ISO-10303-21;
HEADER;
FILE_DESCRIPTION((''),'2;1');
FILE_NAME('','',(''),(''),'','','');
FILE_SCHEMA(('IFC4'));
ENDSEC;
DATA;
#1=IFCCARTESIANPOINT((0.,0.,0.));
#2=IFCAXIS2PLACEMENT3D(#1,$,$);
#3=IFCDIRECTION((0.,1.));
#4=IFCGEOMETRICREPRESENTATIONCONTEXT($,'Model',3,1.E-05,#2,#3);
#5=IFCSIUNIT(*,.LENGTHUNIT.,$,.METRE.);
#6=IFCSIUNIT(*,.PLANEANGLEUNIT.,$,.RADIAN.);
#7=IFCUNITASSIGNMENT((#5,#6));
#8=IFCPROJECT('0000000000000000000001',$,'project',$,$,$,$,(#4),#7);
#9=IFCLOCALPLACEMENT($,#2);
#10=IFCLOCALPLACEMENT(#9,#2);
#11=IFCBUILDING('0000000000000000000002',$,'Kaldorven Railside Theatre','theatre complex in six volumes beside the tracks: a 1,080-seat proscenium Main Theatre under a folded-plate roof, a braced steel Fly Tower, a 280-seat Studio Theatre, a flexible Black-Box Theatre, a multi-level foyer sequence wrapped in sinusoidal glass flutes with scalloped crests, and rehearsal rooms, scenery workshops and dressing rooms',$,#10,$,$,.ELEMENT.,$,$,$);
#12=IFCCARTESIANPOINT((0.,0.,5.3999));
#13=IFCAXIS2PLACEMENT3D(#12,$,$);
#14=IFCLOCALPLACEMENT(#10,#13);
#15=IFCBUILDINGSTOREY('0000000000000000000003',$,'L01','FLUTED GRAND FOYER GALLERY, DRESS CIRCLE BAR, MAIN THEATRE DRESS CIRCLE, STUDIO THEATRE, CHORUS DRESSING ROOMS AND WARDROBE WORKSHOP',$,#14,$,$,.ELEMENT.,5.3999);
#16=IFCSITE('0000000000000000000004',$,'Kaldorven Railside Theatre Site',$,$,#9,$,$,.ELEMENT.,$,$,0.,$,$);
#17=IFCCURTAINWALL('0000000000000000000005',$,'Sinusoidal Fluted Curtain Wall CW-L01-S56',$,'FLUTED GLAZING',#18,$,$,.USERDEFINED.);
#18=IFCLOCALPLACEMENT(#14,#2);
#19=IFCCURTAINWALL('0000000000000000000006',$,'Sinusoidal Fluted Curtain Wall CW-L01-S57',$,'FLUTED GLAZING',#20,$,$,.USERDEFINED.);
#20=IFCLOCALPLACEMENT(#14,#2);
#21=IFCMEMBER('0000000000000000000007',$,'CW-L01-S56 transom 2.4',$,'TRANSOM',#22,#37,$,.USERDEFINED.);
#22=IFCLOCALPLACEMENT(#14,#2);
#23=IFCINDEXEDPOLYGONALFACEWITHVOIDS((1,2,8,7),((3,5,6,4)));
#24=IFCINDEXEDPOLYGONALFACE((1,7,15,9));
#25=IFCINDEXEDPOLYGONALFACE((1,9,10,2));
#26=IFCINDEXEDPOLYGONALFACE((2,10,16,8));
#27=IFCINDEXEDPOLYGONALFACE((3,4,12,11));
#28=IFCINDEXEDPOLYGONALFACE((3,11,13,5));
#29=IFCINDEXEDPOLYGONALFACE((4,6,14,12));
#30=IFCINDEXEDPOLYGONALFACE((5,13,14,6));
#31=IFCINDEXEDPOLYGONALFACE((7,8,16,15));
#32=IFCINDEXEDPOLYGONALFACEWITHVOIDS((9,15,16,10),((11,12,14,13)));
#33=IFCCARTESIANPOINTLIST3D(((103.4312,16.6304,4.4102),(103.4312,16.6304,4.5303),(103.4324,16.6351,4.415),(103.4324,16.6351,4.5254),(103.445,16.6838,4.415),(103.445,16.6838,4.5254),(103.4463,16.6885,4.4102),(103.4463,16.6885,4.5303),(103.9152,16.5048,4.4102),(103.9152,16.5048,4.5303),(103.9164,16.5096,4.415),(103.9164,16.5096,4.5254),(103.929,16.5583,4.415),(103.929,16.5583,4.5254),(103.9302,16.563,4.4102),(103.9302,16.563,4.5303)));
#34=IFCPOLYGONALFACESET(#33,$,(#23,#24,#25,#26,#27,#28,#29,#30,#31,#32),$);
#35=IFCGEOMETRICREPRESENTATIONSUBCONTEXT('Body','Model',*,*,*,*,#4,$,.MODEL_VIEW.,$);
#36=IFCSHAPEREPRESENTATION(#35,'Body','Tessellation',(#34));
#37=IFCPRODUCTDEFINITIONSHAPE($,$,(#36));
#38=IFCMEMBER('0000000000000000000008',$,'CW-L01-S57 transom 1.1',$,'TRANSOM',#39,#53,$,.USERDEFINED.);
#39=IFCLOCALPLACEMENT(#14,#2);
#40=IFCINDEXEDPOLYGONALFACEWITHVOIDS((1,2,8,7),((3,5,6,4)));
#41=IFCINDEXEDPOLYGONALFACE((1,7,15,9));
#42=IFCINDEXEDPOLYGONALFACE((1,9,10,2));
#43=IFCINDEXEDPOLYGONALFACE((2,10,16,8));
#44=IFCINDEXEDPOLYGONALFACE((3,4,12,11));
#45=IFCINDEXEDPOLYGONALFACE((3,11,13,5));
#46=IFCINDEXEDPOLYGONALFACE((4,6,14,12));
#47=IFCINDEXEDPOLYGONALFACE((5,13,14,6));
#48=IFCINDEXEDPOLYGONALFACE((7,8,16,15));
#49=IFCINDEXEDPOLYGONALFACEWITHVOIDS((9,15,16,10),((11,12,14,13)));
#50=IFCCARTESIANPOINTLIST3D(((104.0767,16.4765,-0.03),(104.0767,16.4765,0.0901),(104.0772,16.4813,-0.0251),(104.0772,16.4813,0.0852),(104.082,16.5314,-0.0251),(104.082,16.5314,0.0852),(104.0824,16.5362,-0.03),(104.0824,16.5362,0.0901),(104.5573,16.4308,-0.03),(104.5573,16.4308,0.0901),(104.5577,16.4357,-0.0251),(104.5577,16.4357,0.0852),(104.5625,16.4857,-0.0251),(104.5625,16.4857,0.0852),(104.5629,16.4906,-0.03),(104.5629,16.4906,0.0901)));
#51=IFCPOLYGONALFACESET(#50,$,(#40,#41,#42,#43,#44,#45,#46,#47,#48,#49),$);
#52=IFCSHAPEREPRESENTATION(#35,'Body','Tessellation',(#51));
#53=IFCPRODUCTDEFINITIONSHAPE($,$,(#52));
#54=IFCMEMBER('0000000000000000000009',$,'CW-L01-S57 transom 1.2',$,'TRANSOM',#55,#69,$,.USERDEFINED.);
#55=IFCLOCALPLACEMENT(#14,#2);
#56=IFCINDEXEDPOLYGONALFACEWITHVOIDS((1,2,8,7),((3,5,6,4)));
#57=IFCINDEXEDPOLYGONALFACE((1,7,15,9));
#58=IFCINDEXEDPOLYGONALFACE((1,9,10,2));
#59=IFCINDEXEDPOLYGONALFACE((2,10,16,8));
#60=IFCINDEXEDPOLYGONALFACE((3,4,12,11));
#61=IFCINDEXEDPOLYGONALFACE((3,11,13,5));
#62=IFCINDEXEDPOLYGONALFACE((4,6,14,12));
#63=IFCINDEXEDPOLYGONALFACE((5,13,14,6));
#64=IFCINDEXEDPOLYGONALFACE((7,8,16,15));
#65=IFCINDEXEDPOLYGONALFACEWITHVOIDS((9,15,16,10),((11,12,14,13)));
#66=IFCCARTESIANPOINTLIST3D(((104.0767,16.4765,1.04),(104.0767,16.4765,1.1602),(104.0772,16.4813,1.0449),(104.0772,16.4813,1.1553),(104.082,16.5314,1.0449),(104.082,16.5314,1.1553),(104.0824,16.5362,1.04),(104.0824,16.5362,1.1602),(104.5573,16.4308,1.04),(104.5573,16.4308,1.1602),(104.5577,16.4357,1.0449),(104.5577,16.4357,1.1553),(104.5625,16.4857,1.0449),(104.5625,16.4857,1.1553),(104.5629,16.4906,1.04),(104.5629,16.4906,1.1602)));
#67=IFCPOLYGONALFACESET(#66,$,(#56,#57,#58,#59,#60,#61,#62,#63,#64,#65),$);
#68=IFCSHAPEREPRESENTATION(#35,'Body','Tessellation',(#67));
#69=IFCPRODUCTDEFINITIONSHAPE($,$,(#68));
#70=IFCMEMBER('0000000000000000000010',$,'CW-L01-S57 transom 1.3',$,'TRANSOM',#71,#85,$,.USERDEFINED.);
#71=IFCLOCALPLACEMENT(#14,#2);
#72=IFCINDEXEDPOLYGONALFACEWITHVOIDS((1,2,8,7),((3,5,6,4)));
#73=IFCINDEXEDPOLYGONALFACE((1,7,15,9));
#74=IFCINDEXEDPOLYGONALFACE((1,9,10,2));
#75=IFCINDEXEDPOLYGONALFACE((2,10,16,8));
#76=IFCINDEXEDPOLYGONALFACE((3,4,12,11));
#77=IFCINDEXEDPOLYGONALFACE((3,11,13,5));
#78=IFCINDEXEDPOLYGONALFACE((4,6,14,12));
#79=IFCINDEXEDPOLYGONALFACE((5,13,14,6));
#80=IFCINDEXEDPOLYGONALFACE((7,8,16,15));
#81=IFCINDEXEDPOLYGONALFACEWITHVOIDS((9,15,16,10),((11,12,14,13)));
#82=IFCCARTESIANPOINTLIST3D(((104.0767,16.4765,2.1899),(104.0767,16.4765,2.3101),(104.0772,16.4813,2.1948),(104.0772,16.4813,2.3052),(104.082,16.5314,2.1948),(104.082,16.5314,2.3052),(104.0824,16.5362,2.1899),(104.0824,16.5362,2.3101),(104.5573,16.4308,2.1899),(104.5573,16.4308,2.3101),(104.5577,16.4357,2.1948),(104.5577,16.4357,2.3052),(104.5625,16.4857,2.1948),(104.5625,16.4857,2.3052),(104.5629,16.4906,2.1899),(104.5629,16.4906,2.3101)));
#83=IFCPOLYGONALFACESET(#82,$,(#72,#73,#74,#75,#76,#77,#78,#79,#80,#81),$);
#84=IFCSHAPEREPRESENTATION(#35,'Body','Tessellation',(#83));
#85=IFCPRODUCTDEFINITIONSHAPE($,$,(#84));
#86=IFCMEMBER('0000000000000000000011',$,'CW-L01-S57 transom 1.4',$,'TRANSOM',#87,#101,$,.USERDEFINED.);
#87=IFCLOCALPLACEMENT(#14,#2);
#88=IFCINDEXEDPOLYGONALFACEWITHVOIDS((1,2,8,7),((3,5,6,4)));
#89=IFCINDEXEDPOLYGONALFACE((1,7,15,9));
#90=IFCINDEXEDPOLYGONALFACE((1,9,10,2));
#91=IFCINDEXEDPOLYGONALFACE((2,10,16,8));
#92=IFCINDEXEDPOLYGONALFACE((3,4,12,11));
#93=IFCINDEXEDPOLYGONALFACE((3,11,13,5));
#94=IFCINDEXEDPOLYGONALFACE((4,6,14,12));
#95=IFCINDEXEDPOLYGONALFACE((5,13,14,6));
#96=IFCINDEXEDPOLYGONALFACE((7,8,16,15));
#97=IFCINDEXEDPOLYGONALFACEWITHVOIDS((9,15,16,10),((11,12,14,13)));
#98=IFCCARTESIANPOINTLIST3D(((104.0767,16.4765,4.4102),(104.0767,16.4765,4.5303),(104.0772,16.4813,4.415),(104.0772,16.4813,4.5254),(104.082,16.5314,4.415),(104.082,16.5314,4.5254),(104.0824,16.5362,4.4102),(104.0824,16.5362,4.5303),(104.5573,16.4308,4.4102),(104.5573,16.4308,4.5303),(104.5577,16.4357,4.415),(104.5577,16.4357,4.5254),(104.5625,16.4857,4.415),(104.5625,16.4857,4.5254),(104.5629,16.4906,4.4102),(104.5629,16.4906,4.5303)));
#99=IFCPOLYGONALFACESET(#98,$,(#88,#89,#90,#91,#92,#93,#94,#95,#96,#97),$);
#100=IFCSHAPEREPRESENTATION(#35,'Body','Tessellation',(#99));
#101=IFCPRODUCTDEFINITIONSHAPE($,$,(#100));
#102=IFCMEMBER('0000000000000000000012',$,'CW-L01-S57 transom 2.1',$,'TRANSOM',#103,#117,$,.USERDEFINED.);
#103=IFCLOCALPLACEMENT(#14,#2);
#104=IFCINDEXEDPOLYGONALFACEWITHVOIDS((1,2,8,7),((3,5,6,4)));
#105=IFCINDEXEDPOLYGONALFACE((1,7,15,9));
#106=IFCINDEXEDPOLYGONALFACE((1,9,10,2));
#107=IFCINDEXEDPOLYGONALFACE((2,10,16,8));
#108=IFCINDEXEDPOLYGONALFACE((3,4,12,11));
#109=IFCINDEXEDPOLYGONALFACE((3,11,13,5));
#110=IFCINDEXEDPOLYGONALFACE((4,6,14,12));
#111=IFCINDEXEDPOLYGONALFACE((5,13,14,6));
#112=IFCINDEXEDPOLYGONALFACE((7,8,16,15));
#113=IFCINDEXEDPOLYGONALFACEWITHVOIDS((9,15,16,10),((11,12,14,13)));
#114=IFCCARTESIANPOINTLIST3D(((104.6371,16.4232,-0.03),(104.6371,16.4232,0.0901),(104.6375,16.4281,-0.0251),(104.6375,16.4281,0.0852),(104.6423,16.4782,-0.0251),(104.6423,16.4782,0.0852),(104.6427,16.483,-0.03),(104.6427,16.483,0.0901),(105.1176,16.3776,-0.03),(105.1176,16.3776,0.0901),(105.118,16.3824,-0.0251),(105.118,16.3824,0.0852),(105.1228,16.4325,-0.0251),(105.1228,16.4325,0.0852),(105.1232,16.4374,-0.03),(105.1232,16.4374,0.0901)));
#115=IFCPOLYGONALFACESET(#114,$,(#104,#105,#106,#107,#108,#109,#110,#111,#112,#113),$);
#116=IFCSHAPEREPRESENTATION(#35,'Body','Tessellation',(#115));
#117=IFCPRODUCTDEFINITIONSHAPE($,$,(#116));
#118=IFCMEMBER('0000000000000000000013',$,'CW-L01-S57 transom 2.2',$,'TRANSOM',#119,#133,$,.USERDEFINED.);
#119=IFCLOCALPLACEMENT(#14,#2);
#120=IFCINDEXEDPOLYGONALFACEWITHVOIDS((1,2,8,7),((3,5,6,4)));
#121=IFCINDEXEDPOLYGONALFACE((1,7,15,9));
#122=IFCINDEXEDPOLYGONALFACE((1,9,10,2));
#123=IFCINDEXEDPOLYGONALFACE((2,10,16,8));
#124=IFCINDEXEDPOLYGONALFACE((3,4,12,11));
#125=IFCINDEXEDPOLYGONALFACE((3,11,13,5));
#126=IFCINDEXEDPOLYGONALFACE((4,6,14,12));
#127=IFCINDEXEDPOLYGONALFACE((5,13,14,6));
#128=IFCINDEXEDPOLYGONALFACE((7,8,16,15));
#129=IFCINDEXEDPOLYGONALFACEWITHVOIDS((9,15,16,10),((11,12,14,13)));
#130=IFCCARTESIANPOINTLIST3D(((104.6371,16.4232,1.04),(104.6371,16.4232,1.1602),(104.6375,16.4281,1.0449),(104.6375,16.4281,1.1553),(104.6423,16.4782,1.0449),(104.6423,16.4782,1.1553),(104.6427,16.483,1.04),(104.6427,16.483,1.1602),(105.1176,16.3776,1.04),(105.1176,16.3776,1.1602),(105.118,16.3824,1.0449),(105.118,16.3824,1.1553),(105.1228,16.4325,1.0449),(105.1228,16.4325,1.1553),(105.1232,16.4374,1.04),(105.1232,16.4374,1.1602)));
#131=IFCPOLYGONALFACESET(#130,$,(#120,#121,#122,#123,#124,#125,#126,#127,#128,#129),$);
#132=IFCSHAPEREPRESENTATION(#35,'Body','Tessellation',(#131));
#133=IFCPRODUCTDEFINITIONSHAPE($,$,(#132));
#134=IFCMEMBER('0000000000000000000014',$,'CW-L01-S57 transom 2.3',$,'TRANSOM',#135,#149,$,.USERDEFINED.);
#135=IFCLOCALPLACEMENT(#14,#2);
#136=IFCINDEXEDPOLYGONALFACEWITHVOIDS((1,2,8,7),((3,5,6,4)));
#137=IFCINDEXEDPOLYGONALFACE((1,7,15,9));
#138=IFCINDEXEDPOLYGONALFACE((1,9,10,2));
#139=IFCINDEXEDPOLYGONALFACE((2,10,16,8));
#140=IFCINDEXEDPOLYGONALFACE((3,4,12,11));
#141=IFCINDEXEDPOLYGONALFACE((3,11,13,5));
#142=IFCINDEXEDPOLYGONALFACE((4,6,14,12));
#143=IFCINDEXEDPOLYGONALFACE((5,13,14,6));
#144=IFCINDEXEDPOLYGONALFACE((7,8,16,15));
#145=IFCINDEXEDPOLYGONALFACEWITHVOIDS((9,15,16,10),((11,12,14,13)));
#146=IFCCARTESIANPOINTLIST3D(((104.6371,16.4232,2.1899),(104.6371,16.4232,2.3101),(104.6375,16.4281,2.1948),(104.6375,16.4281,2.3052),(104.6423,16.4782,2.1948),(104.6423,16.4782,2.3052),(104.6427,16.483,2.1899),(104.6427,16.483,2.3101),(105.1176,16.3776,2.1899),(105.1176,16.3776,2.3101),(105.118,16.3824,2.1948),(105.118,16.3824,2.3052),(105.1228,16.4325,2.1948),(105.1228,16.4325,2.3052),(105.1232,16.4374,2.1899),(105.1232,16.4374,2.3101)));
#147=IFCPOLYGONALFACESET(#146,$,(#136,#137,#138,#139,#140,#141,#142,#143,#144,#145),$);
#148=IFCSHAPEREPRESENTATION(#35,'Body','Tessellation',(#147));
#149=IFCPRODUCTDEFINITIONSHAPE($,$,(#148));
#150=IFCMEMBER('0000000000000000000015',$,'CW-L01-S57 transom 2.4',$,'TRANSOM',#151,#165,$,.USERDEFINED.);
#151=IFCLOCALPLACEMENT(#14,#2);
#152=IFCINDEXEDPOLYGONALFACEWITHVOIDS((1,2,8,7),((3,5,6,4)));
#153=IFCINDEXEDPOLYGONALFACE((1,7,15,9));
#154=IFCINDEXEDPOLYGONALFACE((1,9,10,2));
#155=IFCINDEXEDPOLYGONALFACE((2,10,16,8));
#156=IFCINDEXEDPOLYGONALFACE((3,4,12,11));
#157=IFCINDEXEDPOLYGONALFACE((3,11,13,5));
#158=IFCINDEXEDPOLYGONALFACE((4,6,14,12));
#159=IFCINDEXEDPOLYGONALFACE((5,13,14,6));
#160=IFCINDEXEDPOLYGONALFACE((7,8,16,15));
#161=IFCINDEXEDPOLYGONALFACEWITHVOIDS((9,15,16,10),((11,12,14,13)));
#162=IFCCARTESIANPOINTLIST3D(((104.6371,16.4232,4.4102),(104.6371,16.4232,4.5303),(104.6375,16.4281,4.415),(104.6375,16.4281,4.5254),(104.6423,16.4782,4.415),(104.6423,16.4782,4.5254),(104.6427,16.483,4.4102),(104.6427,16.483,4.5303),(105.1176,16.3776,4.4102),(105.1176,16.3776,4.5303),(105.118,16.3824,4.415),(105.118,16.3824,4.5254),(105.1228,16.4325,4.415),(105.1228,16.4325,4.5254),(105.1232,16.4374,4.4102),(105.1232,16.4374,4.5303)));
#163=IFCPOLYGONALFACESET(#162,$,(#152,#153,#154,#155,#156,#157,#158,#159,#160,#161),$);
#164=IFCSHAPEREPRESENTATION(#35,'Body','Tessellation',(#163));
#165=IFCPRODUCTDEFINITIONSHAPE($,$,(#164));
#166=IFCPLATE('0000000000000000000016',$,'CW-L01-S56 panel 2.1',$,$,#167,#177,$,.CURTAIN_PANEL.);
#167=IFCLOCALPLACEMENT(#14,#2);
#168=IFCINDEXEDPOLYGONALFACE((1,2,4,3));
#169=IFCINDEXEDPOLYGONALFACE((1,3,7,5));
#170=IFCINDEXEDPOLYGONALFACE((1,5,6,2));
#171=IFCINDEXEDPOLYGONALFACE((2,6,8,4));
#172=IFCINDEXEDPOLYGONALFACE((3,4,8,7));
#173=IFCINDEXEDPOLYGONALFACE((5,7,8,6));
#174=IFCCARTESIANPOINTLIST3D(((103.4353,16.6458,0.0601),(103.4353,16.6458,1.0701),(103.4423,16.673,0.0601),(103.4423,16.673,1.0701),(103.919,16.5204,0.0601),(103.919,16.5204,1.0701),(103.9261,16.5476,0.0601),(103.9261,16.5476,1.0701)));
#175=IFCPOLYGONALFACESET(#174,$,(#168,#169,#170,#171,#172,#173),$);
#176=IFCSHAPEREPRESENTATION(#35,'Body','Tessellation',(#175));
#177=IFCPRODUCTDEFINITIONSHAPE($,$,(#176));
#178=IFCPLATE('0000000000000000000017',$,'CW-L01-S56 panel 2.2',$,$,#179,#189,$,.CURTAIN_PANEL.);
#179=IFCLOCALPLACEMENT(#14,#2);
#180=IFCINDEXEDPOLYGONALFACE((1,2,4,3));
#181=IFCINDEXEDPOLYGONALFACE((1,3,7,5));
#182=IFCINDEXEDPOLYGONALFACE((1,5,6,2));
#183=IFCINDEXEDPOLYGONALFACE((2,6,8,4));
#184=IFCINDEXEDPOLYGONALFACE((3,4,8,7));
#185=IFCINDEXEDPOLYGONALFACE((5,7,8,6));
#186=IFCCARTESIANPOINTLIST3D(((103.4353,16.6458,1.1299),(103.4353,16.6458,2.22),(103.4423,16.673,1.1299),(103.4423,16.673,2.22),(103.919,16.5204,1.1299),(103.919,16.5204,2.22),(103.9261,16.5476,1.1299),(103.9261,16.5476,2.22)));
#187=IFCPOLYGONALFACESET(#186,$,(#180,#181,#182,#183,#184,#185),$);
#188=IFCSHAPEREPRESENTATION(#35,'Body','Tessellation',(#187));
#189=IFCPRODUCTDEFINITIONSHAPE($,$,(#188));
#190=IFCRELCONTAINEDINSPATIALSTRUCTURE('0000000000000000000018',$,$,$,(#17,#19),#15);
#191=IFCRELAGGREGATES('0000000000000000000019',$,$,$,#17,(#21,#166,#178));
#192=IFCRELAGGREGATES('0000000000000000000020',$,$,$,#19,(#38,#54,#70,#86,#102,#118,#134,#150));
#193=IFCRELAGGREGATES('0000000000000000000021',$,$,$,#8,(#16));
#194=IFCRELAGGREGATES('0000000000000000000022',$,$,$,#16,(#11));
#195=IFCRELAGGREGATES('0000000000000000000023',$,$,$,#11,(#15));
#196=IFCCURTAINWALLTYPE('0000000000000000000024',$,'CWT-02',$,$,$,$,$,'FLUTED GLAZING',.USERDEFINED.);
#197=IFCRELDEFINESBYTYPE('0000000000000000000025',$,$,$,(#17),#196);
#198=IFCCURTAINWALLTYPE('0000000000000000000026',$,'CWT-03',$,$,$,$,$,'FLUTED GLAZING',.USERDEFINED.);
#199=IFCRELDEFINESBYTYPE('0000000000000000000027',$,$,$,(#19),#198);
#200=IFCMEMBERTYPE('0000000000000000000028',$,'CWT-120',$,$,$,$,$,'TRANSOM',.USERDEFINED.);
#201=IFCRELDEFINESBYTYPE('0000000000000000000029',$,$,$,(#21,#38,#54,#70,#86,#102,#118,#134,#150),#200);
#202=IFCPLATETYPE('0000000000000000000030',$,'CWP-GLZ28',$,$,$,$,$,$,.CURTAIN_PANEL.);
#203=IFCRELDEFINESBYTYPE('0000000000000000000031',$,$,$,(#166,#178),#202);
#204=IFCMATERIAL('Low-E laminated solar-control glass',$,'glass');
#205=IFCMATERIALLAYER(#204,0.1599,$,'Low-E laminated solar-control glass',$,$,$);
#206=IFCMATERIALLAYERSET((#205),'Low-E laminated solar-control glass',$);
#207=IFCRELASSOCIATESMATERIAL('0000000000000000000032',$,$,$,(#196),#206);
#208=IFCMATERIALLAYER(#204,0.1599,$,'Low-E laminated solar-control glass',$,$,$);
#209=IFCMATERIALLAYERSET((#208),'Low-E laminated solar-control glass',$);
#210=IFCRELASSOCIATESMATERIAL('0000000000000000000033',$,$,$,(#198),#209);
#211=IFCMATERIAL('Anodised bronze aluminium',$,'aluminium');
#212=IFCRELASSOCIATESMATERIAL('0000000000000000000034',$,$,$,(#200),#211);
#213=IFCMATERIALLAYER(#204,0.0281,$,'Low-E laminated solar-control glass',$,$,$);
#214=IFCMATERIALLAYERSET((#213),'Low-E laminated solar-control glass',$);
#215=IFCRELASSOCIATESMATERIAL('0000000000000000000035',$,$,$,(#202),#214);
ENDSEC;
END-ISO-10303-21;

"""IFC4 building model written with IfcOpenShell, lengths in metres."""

from ifc_helpers import new_model, si_unit, direction, frame, origin, origin_2d, place, context, subcontext, project, spatial, rectangle, hollow_rectangle, extrude, material, layer, layer_set, material_profile, profile_set, type_object, element, aggregate, save


model = new_model("IFC4")

# Units and contexts
model_context = context("Model", 3, precision=1e-05, world=origin(), true_north=direction((0.0, 1.0)))
body_context = subcontext(model_context, "Body", "Model", "MODEL_VIEW")
ifc_project = project(units=[si_unit("LENGTHUNIT", "METRE"), si_unit("PLANEANGLEUNIT", "RADIAN")], contexts=[model_context])

# Site, building, storey
site_placement = place(None, origin())
site = spatial("IfcSite", under=ifc_project, at=site_placement, Name="Kaldorven Railside Theatre Site", CompositionType="ELEMENT", RefElevation=0.0)
building_placement = place(site_placement, origin())
building = spatial("IfcBuilding", under=site, at=building_placement, Name="Kaldorven Railside Theatre", Description="theatre complex in six volumes beside the tracks: a 1,080-seat proscenium Main Theatre under a folded-plate roof, a braced steel Fly Tower, a 280-seat Studio Theatre, a flexible Black-Box Theatre, a multi-level foyer sequence wrapped in sinusoidal glass flutes with scalloped crests, and rehearsal rooms, scenery workshops and dressing rooms", CompositionType="ELEMENT")
storey_placement = place(building_placement, frame((0.0, 0.0, 5.3999)))
storey = spatial("IfcBuildingStorey", under=building, at=storey_placement, Name="L01", Description="FLUTED GRAND FOYER GALLERY, DRESS CIRCLE BAR, MAIN THEATRE DRESS CIRCLE, STUDIO THEATRE, CHORUS DRESSING ROOMS AND WARDROBE WORKSHOP", CompositionType="ELEMENT", Elevation=5.3999)

# Curtain wall
ifc_material_1 = material(Name="Low-E laminated solar-control glass", Category="glass")
ifc_layer_1 = layer(ifc_material_1, 0.1599, Name="Low-E laminated solar-control glass")
ifc_layer_set_1 = layer_set([ifc_layer_1], Name="Low-E laminated solar-control glass")
curtain_wall_type_1 = type_object("IfcCurtainWallType", Name="CWT-02", ElementType="FLUTED GLAZING", PredefinedType="USERDEFINED", material=ifc_layer_set_1)
curtain_wall_1_placement = place(storey_placement, origin())
curtain_wall_1 = element("IfcCurtainWall", 1, at=curtain_wall_1_placement, inside=storey, type_object=curtain_wall_type_1, Name="Sinusoidal Fluted Curtain Wall CW-L01-S56", ObjectType="FLUTED GLAZING", PredefinedType="USERDEFINED")
ifc_material_2 = material(Name="Anodised bronze aluminium", Category="aluminium")

# Curtain wall
ifc_layer_2 = layer(ifc_material_1, 0.1599, Name="Low-E laminated solar-control glass")
ifc_layer_set_2 = layer_set([ifc_layer_2], Name="Low-E laminated solar-control glass")
curtain_wall_type_2 = type_object("IfcCurtainWallType", Name="CWT-03", ElementType="FLUTED GLAZING", PredefinedType="USERDEFINED", material=ifc_layer_set_2)
curtain_wall_2_placement = place(storey_placement, origin())
curtain_wall_2 = element("IfcCurtainWall", 2, at=curtain_wall_2_placement, inside=storey, type_object=curtain_wall_type_2, Name="Sinusoidal Fluted Curtain Wall CW-L01-S57", ObjectType="FLUTED GLAZING", PredefinedType="USERDEFINED")

# Members
ifc_material_profile_1 = material_profile(ifc_material_2, hollow_rectangle(XDim=0.0601, YDim=0.1201, WallThickness=0.0049, at=origin_2d()), Name="RHS 120x60x5")
ifc_profile_set_1 = profile_set([ifc_material_profile_1], Name="Anodised bronze aluminium")
member_type_1 = type_object("IfcMemberType", Name="CWT-120", ElementType="TRANSOM", PredefinedType="USERDEFINED", material=ifc_profile_set_1)
member_1_placement = place(storey_placement, frame((103.4387, 16.6594, 4.4702), z_axis=(0.967979, -0.25103, 0.0), x_axis=(0.25103, 0.967979, 0.0)))
member_1 = element("IfcMember", 3, at=member_1_placement, type_object=member_type_1, Name="CW-L01-S56 transom 2.4", ObjectType="TRANSOM", PredefinedType="USERDEFINED", context=body_context, shape_type="SweptSolid", body=[
    extrude(hollow_rectangle(XDim=0.0601, YDim=0.1201, WallThickness=0.0049, at=origin_2d()), origin(), (0.0, 0.0, 1.0), 0.5),
])
member_2_placement = place(storey_placement, frame((104.0796, 16.5063, 0.03), z_axis=(0.995516, -0.094594, 0.0), x_axis=(0.094594, 0.995516, 0.0)))
member_2 = element("IfcMember", 4, at=member_2_placement, type_object=member_type_1, Name="CW-L01-S57 transom 1.1", ObjectType="TRANSOM", PredefinedType="USERDEFINED", context=body_context, shape_type="SweptSolid", body=[
    extrude(hollow_rectangle(XDim=0.0601, YDim=0.1201, WallThickness=0.0049, at=origin_2d()), origin(), (0.0, 0.0, 1.0), 0.4827),
])
member_3_placement = place(storey_placement, frame((104.0796, 16.5063, 1.1001), z_axis=(0.995516, -0.094594, 0.0), x_axis=(0.094594, 0.995516, 0.0)))
member_3 = element("IfcMember", 5, at=member_3_placement, type_object=member_type_1, Name="CW-L01-S57 transom 1.2", ObjectType="TRANSOM", PredefinedType="USERDEFINED", context=body_context, shape_type="SweptSolid", body=[
    extrude(hollow_rectangle(XDim=0.0601, YDim=0.1201, WallThickness=0.0049, at=origin_2d()), origin(), (0.0, 0.0, 1.0), 0.4827),
])
member_4_placement = place(storey_placement, frame((104.0796, 16.5063, 2.25), z_axis=(0.995516, -0.094594, 0.0), x_axis=(0.094594, 0.995516, 0.0)))
member_4 = element("IfcMember", 6, at=member_4_placement, type_object=member_type_1, Name="CW-L01-S57 transom 1.3", ObjectType="TRANSOM", PredefinedType="USERDEFINED", context=body_context, shape_type="SweptSolid", body=[
    extrude(hollow_rectangle(XDim=0.0601, YDim=0.1201, WallThickness=0.0049, at=origin_2d()), origin(), (0.0, 0.0, 1.0), 0.4827),
])
member_5_placement = place(storey_placement, frame((104.0796, 16.5063, 4.4702), z_axis=(0.995516, -0.094594, 0.0), x_axis=(0.094594, 0.995516, 0.0)))
member_5 = element("IfcMember", 7, at=member_5_placement, type_object=member_type_1, Name="CW-L01-S57 transom 1.4", ObjectType="TRANSOM", PredefinedType="USERDEFINED", context=body_context, shape_type="SweptSolid", body=[
    extrude(hollow_rectangle(XDim=0.0601, YDim=0.1201, WallThickness=0.0049, at=origin_2d()), origin(), (0.0, 0.0, 1.0), 0.4827),
])
member_6_placement = place(storey_placement, frame((104.6399, 16.4531, 0.03), z_axis=(0.995516, -0.094594, 0.0), x_axis=(0.094594, 0.995516, 0.0)))
member_6 = element("IfcMember", 8, at=member_6_placement, type_object=member_type_1, Name="CW-L01-S57 transom 2.1", ObjectType="TRANSOM", PredefinedType="USERDEFINED", context=body_context, shape_type="SweptSolid", body=[
    extrude(hollow_rectangle(XDim=0.0601, YDim=0.1201, WallThickness=0.0049, at=origin_2d()), origin(), (0.0, 0.0, 1.0), 0.4827),
])
member_7_placement = place(storey_placement, frame((104.6399, 16.4531, 1.1001), z_axis=(0.995516, -0.094594, 0.0), x_axis=(0.094594, 0.995516, 0.0)))
member_7 = element("IfcMember", 9, at=member_7_placement, type_object=member_type_1, Name="CW-L01-S57 transom 2.2", ObjectType="TRANSOM", PredefinedType="USERDEFINED", context=body_context, shape_type="SweptSolid", body=[
    extrude(hollow_rectangle(XDim=0.0601, YDim=0.1201, WallThickness=0.0049, at=origin_2d()), origin(), (0.0, 0.0, 1.0), 0.4827),
])
member_8_placement = place(storey_placement, frame((104.6399, 16.4531, 2.25), z_axis=(0.995516, -0.094594, 0.0), x_axis=(0.094594, 0.995516, 0.0)))
member_8 = element("IfcMember", 10, at=member_8_placement, type_object=member_type_1, Name="CW-L01-S57 transom 2.3", ObjectType="TRANSOM", PredefinedType="USERDEFINED", context=body_context, shape_type="SweptSolid", body=[
    extrude(hollow_rectangle(XDim=0.0601, YDim=0.1201, WallThickness=0.0049, at=origin_2d()), origin(), (0.0, 0.0, 1.0), 0.4827),
])
member_9_placement = place(storey_placement, frame((104.6399, 16.4531, 4.4702), z_axis=(0.995516, -0.094594, 0.0), x_axis=(0.094594, 0.995516, 0.0)))
member_9 = element("IfcMember", 11, at=member_9_placement, type_object=member_type_1, Name="CW-L01-S57 transom 2.4", ObjectType="TRANSOM", PredefinedType="USERDEFINED", context=body_context, shape_type="SweptSolid", body=[
    extrude(hollow_rectangle(XDim=0.0601, YDim=0.1201, WallThickness=0.0049, at=origin_2d()), origin(), (0.0, 0.0, 1.0), 0.4827),
])

# Plates
ifc_layer_3 = layer(ifc_material_1, 0.0281, Name="Low-E laminated solar-control glass")
ifc_layer_set_3 = layer_set([ifc_layer_3], Name="Low-E laminated solar-control glass")
plate_type = type_object("IfcPlateType", Name="CWP-GLZ28", PredefinedType="CURTAIN_PANEL", material=ifc_layer_set_3)
plate_1_placement = place(storey_placement, frame((103.6807, 16.5967, 0.0601), z_axis=(0.0, 0.0, 1.0), x_axis=(0.967999, -0.250954, 0.0)))
plate_1 = element("IfcPlate", 12, at=plate_1_placement, type_object=plate_type, Name="CW-L01-S56 panel 2.1", PredefinedType="CURTAIN_PANEL", context=body_context, shape_type="SweptSolid", body=[
    extrude(rectangle(XDim=0.4998, YDim=0.0281, at=origin_2d()), origin(), (0.0, 0.0, 1.0), 1.01),
])
plate_2_placement = place(storey_placement, frame((103.6807, 16.5967, 1.1299), z_axis=(0.0, 0.0, 1.0), x_axis=(0.967999, -0.250954, 0.0)))
plate_2 = element("IfcPlate", 13, at=plate_2_placement, type_object=plate_type, Name="CW-L01-S56 panel 2.2", PredefinedType="CURTAIN_PANEL", context=body_context, shape_type="SweptSolid", body=[
    extrude(rectangle(XDim=0.4998, YDim=0.0281, at=origin_2d()), origin(), (0.0, 0.0, 1.0), 1.0901),
])
aggregate(curtain_wall_1, [member_1, plate_1, plate_2])
aggregate(curtain_wall_2, [member_2, member_3, member_4, member_5, member_6, member_7, member_8, member_9])

save(model, "model.ifc")
